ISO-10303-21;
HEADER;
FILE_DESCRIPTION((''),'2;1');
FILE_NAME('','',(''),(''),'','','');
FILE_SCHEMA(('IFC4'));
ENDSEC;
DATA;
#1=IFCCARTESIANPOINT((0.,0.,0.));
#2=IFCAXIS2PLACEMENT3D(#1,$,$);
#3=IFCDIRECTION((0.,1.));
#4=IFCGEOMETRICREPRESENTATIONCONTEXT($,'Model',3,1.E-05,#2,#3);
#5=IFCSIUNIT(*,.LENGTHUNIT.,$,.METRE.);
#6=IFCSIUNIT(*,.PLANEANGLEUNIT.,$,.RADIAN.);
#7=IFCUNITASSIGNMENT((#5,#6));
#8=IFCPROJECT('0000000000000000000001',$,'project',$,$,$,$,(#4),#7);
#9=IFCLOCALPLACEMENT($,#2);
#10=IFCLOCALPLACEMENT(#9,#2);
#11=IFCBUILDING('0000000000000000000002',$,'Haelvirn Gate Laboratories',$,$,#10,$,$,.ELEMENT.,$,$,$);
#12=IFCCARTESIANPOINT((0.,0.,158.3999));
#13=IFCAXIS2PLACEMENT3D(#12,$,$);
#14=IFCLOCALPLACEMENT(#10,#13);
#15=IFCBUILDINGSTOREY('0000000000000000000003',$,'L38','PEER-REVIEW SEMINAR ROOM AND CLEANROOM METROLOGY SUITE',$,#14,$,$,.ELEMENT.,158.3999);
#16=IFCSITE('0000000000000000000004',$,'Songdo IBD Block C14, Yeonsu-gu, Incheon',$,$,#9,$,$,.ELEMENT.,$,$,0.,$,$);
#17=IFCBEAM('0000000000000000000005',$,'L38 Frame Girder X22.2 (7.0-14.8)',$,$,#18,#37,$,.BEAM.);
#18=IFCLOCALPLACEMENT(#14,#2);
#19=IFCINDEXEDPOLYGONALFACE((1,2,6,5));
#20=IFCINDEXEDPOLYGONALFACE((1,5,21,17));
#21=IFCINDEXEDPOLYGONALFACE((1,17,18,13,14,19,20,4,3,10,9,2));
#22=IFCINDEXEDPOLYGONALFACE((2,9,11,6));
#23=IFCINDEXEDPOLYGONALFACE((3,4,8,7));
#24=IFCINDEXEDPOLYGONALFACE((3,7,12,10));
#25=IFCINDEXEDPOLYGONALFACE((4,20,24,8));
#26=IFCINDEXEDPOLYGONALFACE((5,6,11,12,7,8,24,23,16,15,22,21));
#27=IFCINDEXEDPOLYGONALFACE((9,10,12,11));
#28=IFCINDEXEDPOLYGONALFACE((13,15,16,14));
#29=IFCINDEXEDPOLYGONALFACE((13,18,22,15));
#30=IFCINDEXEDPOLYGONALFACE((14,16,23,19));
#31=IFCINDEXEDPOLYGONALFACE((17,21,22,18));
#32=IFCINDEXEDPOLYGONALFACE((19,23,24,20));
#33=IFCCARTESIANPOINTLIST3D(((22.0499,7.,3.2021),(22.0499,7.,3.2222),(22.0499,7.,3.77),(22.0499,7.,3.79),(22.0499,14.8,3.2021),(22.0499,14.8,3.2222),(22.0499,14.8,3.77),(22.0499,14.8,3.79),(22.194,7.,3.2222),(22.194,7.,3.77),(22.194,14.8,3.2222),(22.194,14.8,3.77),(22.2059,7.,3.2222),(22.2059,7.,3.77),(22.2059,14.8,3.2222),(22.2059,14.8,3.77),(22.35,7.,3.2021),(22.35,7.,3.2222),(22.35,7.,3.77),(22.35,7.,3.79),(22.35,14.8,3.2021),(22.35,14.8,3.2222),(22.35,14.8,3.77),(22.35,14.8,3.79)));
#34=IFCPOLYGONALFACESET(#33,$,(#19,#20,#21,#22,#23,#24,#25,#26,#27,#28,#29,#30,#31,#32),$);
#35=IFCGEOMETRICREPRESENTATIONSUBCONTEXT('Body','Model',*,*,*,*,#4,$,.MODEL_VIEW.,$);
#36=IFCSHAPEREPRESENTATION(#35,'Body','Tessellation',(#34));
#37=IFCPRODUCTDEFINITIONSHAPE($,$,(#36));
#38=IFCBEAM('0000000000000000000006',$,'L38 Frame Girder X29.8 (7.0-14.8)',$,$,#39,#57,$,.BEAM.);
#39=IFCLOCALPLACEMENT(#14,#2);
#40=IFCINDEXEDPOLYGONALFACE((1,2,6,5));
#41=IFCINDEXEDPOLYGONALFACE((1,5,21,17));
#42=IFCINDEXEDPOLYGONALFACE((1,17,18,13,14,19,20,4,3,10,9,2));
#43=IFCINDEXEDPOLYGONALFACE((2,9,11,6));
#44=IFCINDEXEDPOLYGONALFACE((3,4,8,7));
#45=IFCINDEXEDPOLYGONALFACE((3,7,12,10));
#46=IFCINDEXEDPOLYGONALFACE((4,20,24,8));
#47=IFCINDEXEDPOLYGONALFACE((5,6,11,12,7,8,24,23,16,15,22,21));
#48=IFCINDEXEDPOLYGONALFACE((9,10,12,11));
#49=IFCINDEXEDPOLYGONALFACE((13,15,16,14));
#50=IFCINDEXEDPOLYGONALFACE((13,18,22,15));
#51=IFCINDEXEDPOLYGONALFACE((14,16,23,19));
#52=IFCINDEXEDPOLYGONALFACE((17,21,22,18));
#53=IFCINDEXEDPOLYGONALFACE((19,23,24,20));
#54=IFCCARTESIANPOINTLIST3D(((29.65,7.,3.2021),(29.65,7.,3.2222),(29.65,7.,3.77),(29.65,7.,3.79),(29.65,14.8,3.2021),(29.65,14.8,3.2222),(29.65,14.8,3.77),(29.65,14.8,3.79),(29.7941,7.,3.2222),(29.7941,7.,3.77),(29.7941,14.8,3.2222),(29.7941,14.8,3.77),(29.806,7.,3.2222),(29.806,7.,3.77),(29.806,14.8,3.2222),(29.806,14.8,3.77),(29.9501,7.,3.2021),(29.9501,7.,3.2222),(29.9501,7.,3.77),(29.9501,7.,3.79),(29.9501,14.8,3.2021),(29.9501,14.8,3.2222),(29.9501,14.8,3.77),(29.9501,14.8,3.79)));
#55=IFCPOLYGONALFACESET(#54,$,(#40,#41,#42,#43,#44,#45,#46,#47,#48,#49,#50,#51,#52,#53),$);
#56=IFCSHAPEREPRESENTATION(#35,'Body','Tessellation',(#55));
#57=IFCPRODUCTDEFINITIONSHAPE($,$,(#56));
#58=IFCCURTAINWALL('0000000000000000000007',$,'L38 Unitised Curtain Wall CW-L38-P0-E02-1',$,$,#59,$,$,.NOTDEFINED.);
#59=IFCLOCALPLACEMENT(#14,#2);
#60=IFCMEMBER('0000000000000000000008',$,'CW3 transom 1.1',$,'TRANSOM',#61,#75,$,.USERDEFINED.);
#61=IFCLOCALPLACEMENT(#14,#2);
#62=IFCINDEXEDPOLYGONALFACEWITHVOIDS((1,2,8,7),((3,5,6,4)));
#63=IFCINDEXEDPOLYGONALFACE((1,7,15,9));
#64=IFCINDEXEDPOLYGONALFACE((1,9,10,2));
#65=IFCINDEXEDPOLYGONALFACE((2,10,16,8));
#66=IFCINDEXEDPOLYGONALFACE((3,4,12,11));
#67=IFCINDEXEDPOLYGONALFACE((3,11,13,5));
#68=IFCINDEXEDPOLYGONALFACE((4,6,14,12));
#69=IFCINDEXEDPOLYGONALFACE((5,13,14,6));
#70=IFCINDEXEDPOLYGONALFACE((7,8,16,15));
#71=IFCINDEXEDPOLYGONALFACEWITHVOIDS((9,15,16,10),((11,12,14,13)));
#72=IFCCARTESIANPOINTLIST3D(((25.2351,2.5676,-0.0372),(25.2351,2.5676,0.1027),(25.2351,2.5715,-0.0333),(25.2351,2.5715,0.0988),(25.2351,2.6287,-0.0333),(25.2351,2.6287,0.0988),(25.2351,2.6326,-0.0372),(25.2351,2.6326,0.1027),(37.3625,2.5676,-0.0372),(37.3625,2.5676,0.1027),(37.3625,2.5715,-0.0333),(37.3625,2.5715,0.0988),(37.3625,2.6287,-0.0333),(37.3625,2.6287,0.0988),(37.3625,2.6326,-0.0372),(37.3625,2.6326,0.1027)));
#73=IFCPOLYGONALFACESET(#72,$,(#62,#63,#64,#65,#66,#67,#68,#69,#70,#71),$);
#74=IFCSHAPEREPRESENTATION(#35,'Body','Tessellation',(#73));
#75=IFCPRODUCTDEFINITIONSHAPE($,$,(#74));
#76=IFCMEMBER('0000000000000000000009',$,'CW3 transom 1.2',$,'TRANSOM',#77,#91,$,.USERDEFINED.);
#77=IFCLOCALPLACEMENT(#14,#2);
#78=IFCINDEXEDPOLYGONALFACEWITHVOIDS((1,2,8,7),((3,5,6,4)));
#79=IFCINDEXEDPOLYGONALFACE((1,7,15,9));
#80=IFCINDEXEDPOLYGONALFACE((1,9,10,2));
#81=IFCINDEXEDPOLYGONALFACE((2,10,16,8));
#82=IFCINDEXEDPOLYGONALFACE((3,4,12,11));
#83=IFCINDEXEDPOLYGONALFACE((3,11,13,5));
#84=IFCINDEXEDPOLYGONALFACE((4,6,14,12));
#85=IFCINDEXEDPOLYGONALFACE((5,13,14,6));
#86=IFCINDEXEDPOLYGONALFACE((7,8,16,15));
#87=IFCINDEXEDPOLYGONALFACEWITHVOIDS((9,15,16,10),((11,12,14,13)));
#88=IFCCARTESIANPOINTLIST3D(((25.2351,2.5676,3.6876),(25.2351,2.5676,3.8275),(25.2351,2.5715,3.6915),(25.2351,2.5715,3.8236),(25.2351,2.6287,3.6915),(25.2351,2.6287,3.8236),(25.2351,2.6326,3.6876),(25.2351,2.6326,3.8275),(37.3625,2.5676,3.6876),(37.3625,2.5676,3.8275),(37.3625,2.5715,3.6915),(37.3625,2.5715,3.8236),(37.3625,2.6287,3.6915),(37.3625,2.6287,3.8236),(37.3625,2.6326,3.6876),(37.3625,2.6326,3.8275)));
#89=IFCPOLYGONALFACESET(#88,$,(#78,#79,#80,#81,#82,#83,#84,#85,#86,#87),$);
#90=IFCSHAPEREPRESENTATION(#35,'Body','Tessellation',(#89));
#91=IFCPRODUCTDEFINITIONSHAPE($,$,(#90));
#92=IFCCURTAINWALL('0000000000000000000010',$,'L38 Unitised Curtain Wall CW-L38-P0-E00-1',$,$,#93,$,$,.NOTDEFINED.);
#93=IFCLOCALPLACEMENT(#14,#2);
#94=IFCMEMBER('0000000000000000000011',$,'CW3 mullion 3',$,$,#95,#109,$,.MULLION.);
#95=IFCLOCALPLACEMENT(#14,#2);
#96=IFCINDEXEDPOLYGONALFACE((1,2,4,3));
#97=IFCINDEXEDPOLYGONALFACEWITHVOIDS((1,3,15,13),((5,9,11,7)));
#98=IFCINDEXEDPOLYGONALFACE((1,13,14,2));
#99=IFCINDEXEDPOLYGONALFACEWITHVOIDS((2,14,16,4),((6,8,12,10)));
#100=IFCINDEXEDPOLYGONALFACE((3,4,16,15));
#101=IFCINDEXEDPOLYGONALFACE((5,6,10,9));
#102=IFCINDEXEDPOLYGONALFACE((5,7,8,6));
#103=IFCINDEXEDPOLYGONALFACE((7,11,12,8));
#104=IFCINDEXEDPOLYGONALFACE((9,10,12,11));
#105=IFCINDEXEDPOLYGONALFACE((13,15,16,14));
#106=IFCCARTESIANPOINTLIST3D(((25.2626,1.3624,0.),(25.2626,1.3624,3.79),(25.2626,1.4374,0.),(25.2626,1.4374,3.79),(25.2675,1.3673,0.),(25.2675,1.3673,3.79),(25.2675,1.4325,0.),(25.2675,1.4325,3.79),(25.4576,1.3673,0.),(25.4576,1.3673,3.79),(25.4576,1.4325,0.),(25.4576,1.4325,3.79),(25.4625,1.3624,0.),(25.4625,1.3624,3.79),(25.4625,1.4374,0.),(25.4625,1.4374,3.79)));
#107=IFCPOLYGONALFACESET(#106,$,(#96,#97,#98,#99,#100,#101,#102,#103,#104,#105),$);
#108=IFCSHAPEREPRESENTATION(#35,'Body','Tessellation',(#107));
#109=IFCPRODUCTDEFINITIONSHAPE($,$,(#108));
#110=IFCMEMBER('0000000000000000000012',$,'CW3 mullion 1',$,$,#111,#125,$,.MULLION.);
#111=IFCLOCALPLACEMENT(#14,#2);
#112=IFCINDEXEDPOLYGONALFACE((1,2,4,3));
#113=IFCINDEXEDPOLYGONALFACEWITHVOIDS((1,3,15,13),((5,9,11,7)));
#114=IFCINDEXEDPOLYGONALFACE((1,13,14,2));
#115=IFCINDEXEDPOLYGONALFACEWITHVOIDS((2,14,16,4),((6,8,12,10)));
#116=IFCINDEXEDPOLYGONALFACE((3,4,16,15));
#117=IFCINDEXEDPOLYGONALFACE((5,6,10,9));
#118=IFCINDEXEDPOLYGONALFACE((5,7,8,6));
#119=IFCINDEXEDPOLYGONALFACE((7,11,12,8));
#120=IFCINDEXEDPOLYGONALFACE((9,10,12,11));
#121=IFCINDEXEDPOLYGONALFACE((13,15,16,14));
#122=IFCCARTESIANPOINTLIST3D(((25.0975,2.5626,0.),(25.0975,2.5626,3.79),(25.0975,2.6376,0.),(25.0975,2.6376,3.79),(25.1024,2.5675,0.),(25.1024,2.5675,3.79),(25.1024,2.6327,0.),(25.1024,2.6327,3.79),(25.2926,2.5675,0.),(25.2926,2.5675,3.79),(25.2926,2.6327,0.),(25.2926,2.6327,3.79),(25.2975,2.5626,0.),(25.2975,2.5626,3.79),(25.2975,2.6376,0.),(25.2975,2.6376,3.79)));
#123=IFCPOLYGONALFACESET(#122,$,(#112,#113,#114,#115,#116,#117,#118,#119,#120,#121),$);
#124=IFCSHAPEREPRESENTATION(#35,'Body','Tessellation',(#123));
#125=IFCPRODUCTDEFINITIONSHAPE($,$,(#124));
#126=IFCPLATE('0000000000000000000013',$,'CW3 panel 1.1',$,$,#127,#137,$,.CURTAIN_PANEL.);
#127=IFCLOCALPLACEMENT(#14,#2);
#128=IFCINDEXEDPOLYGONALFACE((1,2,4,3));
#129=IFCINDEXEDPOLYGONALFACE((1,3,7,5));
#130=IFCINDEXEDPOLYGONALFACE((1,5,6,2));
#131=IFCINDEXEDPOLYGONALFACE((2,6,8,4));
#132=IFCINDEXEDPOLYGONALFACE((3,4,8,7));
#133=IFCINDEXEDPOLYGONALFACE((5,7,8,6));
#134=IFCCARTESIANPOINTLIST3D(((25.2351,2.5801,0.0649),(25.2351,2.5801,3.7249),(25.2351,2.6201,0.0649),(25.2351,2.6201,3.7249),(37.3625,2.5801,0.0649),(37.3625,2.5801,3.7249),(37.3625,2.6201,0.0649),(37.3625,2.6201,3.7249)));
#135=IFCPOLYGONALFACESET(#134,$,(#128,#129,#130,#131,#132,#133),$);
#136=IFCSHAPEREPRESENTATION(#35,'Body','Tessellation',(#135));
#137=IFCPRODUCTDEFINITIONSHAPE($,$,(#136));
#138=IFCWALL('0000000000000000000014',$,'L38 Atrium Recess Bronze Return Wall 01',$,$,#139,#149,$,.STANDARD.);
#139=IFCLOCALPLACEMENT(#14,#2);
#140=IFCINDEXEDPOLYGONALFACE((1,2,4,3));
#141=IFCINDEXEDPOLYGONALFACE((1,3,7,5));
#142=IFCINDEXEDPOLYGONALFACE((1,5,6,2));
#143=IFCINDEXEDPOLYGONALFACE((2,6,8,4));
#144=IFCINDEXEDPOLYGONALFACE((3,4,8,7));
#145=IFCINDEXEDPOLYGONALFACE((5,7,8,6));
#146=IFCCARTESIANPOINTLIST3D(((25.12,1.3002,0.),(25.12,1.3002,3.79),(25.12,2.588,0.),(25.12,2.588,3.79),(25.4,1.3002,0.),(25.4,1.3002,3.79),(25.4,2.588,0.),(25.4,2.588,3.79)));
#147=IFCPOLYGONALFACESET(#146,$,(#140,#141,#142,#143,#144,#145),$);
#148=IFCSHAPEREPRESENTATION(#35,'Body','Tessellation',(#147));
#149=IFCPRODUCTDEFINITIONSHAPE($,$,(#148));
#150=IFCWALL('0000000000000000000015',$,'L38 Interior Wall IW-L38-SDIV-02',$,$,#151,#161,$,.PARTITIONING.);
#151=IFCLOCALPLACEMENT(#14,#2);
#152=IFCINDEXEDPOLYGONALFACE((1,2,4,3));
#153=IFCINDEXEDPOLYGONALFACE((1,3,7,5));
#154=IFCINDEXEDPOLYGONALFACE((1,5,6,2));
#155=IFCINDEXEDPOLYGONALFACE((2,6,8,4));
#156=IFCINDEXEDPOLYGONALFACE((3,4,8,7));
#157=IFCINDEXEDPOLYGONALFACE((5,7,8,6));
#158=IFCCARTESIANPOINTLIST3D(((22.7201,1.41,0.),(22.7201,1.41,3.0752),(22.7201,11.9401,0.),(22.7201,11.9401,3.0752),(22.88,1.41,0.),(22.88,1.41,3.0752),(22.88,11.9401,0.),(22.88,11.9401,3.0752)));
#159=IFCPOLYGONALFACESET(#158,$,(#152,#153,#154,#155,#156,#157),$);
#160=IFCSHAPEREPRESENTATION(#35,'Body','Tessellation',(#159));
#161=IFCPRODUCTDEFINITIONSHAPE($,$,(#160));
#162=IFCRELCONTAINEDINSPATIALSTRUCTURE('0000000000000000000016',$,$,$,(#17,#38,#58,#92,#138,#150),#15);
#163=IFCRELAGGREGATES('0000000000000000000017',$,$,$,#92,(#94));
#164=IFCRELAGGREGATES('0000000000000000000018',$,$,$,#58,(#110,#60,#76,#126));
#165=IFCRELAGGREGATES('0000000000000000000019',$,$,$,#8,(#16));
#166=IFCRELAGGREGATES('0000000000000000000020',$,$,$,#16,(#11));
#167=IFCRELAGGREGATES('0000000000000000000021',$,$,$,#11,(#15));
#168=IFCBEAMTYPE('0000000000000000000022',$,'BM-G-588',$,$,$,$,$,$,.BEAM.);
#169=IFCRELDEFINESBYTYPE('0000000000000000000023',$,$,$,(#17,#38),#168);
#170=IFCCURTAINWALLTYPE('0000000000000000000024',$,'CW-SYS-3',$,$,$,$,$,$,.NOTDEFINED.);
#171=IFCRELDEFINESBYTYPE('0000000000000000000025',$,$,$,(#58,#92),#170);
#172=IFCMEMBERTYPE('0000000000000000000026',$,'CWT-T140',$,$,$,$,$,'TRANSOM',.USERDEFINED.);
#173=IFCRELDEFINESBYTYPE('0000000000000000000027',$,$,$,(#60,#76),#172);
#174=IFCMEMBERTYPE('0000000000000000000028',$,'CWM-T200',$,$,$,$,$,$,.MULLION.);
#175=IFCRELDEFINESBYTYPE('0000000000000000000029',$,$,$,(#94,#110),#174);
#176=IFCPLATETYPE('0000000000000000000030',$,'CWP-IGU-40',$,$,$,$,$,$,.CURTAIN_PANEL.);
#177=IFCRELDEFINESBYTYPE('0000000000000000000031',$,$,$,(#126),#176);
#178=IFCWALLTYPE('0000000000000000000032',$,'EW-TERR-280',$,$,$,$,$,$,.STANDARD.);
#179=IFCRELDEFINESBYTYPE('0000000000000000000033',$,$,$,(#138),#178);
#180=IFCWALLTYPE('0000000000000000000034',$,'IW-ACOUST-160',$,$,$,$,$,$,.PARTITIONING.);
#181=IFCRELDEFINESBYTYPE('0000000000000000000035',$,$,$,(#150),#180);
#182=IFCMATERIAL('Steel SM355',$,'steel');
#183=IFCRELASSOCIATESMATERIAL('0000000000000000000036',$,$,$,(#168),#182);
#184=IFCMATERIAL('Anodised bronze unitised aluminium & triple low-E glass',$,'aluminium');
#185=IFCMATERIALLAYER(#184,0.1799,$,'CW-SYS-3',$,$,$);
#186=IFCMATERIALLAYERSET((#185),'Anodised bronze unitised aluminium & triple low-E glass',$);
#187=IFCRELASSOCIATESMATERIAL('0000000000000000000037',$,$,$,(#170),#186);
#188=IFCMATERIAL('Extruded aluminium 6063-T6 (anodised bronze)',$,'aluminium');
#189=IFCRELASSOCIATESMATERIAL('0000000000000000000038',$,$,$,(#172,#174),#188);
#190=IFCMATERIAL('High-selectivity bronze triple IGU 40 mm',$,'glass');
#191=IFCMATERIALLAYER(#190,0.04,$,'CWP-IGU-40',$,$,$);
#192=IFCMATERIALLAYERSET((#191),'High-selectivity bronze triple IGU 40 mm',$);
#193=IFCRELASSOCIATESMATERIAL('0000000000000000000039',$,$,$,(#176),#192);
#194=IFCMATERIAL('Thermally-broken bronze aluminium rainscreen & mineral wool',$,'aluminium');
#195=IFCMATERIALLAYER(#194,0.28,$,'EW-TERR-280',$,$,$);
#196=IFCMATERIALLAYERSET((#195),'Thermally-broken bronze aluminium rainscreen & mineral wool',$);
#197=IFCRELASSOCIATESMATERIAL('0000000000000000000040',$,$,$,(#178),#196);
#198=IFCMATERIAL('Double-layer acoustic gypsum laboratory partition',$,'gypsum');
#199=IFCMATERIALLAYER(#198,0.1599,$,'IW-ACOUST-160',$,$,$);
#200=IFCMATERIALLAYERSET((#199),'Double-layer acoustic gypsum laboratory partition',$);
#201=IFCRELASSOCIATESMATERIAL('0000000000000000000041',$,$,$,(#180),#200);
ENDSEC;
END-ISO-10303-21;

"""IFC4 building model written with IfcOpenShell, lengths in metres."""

from ifc_helpers import new_model, si_unit, direction, frame, frame_2d, origin, origin_2d, place, context, subcontext, project, spatial, rectangle, hollow_rectangle, i_section, extrude, source, transform, mapped, material, layer, layer_set, material_profile, profile_set, type_object, type_shapes, element, aggregate, save


model = new_model("IFC4")

# Units and contexts
model_context = context("Model", 3, precision=1e-05, world=origin(), true_north=direction((0.0, 1.0)))
body_context = subcontext(model_context, "Body", "Model", "MODEL_VIEW")
ifc_project = project(units=[si_unit("LENGTHUNIT", "METRE"), si_unit("PLANEANGLEUNIT", "RADIAN")], contexts=[model_context])

# Site, building, storey
site_placement = place(None, origin())
site = spatial("IfcSite", under=ifc_project, at=site_placement, Name="Songdo IBD Block C14, Yeonsu-gu, Incheon", CompositionType="ELEMENT", RefElevation=0.0)
building_placement = place(site_placement, origin())
building = spatial("IfcBuilding", under=site, at=building_placement, Name="Haelvirn Gate Laboratories", CompositionType="ELEMENT")
storey_placement = place(building_placement, frame((0.0, 0.0, 158.3999)))
storey = spatial("IfcBuildingStorey", under=building, at=storey_placement, Name="L38", Description="PEER-REVIEW SEMINAR ROOM AND CLEANROOM METROLOGY SUITE", CompositionType="ELEMENT", Elevation=158.3999)

# Shared definitions
ifc_material_1 = material(Name="Steel SM355", Category="steel")

# Beams
ifc_material_profile_1 = material_profile(ifc_material_1, i_section(OverallWidth=0.3, OverallDepth=0.5879, WebThickness=0.012, FlangeThickness=0.02, at=origin_2d()), Name="H-588x300x12x20")
ifc_profile_set_1 = profile_set([ifc_material_profile_1], Name="Steel SM355")
beam_type_1 = type_object("IfcBeamType", Name="BM-G-588", PredefinedType="BEAM", material=ifc_profile_set_1)
shared_shape_1 = source(origin(), body_context, "Body", "SweptSolid", [
    extrude(i_section(OverallWidth=0.3, OverallDepth=0.5879, WebThickness=0.012, FlangeThickness=0.02, at=origin_2d()), origin(), (0.0, 0.0, 1.0), 7.8),
])
type_shapes(beam_type_1, [shared_shape_1])
for number, where, z_axis, x_axis, name in (
    (1, (22.2, 7.0, 3.4961), (0.0, 1.0, 0.0), (-1.0, 0.0, 0.0), "L38 Frame Girder X22.2 (7.0-14.8)"),
    (2, (29.8, 7.0, 3.4961), (0.0, 1.0, 0.0), (-1.0, 0.0, 0.0), "L38 Frame Girder X29.8 (7.0-14.8)"),
):
    element("IfcBeam", number, at=place(storey_placement, frame(where, z_axis=z_axis, x_axis=x_axis)), inside=storey, type_object=beam_type_1, Name=name, PredefinedType="BEAM", context=body_context, shape_type="MappedRepresentation", body=[
        mapped(shared_shape_1, transform((0.0, 0.0, 0.0), scale=1.0)),
    ])

# Curtain wall, members
ifc_material_2 = material(Name="Anodised bronze unitised aluminium & triple low-E glass", Category="aluminium")
ifc_layer_1 = layer(ifc_material_2, 0.1799, Name="CW-SYS-3")
ifc_layer_set_1 = layer_set([ifc_layer_1], Name="Anodised bronze unitised aluminium & triple low-E glass")
curtain_wall_type = type_object("IfcCurtainWallType", Name="CW-SYS-3", PredefinedType="NOTDEFINED", material=ifc_layer_set_1)
curtain_wall_1_placement = place(storey_placement, origin())
curtain_wall_1 = element("IfcCurtainWall", 3, at=curtain_wall_1_placement, inside=storey, type_object=curtain_wall_type, Name="L38 Unitised Curtain Wall CW-L38-P0-E02-1", PredefinedType="NOTDEFINED")
ifc_material_3 = material(Name="Extruded aluminium 6063-T6 (anodised bronze)", Category="aluminium")
ifc_material_profile_2 = material_profile(ifc_material_3, hollow_rectangle(XDim=0.0649, YDim=0.1399, WallThickness=0.0039, at=origin_2d()), Name="CWT-140x65x4")
ifc_profile_set_2 = profile_set([ifc_material_profile_2], Name="Extruded aluminium 6063-T6 (anodised bronze)")
member_type_1 = type_object("IfcMemberType", Name="CWT-T140", ElementType="TRANSOM", PredefinedType="USERDEFINED", material=ifc_profile_set_2)
shared_shape_2 = source(origin(), body_context, "Body", "SweptSolid", [
    extrude(hollow_rectangle(XDim=0.0649, YDim=0.1399, WallThickness=0.0039, at=origin_2d()), origin(), (0.0, 0.0, 1.0), 12.1274),
])
type_shapes(member_type_1, [shared_shape_2])
member_1_placement = place(storey_placement, frame((25.2351, 2.6001, 0.0327), z_axis=(1.0, 0.0, 0.0), x_axis=(0.0, 1.0, 0.0)))
member_1 = element("IfcMember", 4, at=member_1_placement, type_object=member_type_1, Name="CW3 transom 1.1", ObjectType="TRANSOM", PredefinedType="USERDEFINED", context=body_context, shape_type="MappedRepresentation", body=[
    mapped(shared_shape_2, transform((0.0, 0.0, 0.0), scale=1.0)),
])
member_2_placement = place(storey_placement, frame((25.2351, 2.6001, 3.7576), z_axis=(1.0, 0.0, 0.0), x_axis=(0.0, 1.0, 0.0)))
member_2 = element("IfcMember", 5, at=member_2_placement, type_object=member_type_1, Name="CW3 transom 1.2", ObjectType="TRANSOM", PredefinedType="USERDEFINED", context=body_context, shape_type="MappedRepresentation", body=[
    mapped(shared_shape_2, transform((0.0, 0.0, 0.0), scale=1.0)),
])

# Curtain wall, member
curtain_wall_2_placement = place(storey_placement, origin())
curtain_wall_2 = element("IfcCurtainWall", 6, at=curtain_wall_2_placement, inside=storey, type_object=curtain_wall_type, Name="L38 Unitised Curtain Wall CW-L38-P0-E00-1", PredefinedType="NOTDEFINED")
ifc_material_profile_3 = material_profile(ifc_material_3, hollow_rectangle(XDim=0.075, YDim=0.2, WallThickness=0.0049, at=origin_2d()), Name="CWM-200x75x5")
ifc_profile_set_3 = profile_set([ifc_material_profile_3], Name="Extruded aluminium 6063-T6 (anodised bronze)")
member_type_2 = type_object("IfcMemberType", Name="CWM-T200", PredefinedType="MULLION", material=ifc_profile_set_3)
shared_shape_3 = source(origin(), body_context, "Body", "SweptSolid", [
    extrude(hollow_rectangle(XDim=0.075, YDim=0.2, WallThickness=0.0049, at=origin_2d()), origin(), (0.0, 0.0, 1.0), 3.79),
])
type_shapes(member_type_2, [shared_shape_3])
member_3_placement = place(storey_placement, frame((25.3625, 1.3999, 0.0), z_axis=(0.0, 0.0, 1.0), x_axis=(0.0, 1.0, 0.0)))
member_3 = element("IfcMember", 7, at=member_3_placement, type_object=member_type_2, Name="CW3 mullion 3", PredefinedType="MULLION", context=body_context, shape_type="MappedRepresentation", body=[
    mapped(shared_shape_3, transform((0.0, 0.0, 0.0), scale=1.0)),
])
aggregate(curtain_wall_2, [member_3])

# Member
member_4_placement = place(storey_placement, frame((25.1975, 2.6001, 0.0), z_axis=(0.0, 0.0, 1.0), x_axis=(0.0, 1.0, 0.0)))
member_4 = element("IfcMember", 8, at=member_4_placement, type_object=member_type_2, Name="CW3 mullion 1", PredefinedType="MULLION", context=body_context, shape_type="MappedRepresentation", body=[
    mapped(shared_shape_3, transform((0.0, 0.0, 0.0), scale=1.0)),
])

# Plate
ifc_material_4 = material(Name="High-selectivity bronze triple IGU 40 mm", Category="glass")
ifc_layer_2 = layer(ifc_material_4, 0.04, Name="CWP-IGU-40")
ifc_layer_set_2 = layer_set([ifc_layer_2], Name="High-selectivity bronze triple IGU 40 mm")
plate_type = type_object("IfcPlateType", Name="CWP-IGU-40", PredefinedType="CURTAIN_PANEL", material=ifc_layer_set_2)
shared_shape_4 = source(origin(), body_context, "Body", "SweptSolid", [
    extrude(rectangle(XDim=12.1274, YDim=0.04, at=origin_2d()), origin(), (0.0, 0.0, 1.0), 3.6599),
])
type_shapes(plate_type, [shared_shape_4])
plate_placement = place(storey_placement, frame((31.2988, 2.6001, 0.0649), z_axis=(0.0, 0.0, 1.0), x_axis=(1.0, 0.0, 0.0)))
plate = element("IfcPlate", 9, at=plate_placement, type_object=plate_type, Name="CW3 panel 1.1", PredefinedType="CURTAIN_PANEL", context=body_context, shape_type="MappedRepresentation", body=[
    mapped(shared_shape_4, transform((0.0, 0.0, 0.0), scale=1.0)),
])
aggregate(curtain_wall_1, [member_4, member_1, member_2, plate])

# Walls
ifc_material_5 = material(Name="Thermally-broken bronze aluminium rainscreen & mineral wool", Category="aluminium")
ifc_layer_3 = layer(ifc_material_5, 0.28, Name="EW-TERR-280")
ifc_layer_set_3 = layer_set([ifc_layer_3], Name="Thermally-broken bronze aluminium rainscreen & mineral wool")
wall_type_1 = type_object("IfcWallType", Name="EW-TERR-280", PredefinedType="STANDARD", material=ifc_layer_set_3)
wall_1_placement = place(storey_placement, frame((25.26, 1.3, 0.0), z_axis=(0.0, 0.0, 1.0), x_axis=(0.0, 1.0, 0.0)))
element("IfcWall", 10, at=wall_1_placement, inside=storey, type_object=wall_type_1, Name="L38 Atrium Recess Bronze Return Wall 01", PredefinedType="STANDARD", context=body_context, shape_type="SweptSolid", body=[
    extrude(rectangle(XDim=1.2878, YDim=0.28, at=frame_2d((0.644, 0.0))), origin(), (0.0, 0.0, 1.0), 3.79),
])
ifc_material_6 = material(Name="Double-layer acoustic gypsum laboratory partition", Category="gypsum")
ifc_layer_4 = layer(ifc_material_6, 0.1599, Name="IW-ACOUST-160")
ifc_layer_set_4 = layer_set([ifc_layer_4], Name="Double-layer acoustic gypsum laboratory partition")
wall_type_2 = type_object("IfcWallType", Name="IW-ACOUST-160", PredefinedType="PARTITIONING", material=ifc_layer_set_4)
wall_2_placement = place(storey_placement, frame((22.8, 1.4099, 0.0), z_axis=(0.0, 0.0, 1.0), x_axis=(0.0, 1.0, 0.0)))
element("IfcWall", 11, at=wall_2_placement, inside=storey, type_object=wall_type_2, Name="L38 Interior Wall IW-L38-SDIV-02", PredefinedType="PARTITIONING", context=body_context, shape_type="SweptSolid", body=[
    extrude(rectangle(XDim=10.53, YDim=0.1599, at=frame_2d((5.2651, 0.0))), origin(), (0.0, 0.0, 1.0), 3.0752),
])

save(model, "model.ifc")
